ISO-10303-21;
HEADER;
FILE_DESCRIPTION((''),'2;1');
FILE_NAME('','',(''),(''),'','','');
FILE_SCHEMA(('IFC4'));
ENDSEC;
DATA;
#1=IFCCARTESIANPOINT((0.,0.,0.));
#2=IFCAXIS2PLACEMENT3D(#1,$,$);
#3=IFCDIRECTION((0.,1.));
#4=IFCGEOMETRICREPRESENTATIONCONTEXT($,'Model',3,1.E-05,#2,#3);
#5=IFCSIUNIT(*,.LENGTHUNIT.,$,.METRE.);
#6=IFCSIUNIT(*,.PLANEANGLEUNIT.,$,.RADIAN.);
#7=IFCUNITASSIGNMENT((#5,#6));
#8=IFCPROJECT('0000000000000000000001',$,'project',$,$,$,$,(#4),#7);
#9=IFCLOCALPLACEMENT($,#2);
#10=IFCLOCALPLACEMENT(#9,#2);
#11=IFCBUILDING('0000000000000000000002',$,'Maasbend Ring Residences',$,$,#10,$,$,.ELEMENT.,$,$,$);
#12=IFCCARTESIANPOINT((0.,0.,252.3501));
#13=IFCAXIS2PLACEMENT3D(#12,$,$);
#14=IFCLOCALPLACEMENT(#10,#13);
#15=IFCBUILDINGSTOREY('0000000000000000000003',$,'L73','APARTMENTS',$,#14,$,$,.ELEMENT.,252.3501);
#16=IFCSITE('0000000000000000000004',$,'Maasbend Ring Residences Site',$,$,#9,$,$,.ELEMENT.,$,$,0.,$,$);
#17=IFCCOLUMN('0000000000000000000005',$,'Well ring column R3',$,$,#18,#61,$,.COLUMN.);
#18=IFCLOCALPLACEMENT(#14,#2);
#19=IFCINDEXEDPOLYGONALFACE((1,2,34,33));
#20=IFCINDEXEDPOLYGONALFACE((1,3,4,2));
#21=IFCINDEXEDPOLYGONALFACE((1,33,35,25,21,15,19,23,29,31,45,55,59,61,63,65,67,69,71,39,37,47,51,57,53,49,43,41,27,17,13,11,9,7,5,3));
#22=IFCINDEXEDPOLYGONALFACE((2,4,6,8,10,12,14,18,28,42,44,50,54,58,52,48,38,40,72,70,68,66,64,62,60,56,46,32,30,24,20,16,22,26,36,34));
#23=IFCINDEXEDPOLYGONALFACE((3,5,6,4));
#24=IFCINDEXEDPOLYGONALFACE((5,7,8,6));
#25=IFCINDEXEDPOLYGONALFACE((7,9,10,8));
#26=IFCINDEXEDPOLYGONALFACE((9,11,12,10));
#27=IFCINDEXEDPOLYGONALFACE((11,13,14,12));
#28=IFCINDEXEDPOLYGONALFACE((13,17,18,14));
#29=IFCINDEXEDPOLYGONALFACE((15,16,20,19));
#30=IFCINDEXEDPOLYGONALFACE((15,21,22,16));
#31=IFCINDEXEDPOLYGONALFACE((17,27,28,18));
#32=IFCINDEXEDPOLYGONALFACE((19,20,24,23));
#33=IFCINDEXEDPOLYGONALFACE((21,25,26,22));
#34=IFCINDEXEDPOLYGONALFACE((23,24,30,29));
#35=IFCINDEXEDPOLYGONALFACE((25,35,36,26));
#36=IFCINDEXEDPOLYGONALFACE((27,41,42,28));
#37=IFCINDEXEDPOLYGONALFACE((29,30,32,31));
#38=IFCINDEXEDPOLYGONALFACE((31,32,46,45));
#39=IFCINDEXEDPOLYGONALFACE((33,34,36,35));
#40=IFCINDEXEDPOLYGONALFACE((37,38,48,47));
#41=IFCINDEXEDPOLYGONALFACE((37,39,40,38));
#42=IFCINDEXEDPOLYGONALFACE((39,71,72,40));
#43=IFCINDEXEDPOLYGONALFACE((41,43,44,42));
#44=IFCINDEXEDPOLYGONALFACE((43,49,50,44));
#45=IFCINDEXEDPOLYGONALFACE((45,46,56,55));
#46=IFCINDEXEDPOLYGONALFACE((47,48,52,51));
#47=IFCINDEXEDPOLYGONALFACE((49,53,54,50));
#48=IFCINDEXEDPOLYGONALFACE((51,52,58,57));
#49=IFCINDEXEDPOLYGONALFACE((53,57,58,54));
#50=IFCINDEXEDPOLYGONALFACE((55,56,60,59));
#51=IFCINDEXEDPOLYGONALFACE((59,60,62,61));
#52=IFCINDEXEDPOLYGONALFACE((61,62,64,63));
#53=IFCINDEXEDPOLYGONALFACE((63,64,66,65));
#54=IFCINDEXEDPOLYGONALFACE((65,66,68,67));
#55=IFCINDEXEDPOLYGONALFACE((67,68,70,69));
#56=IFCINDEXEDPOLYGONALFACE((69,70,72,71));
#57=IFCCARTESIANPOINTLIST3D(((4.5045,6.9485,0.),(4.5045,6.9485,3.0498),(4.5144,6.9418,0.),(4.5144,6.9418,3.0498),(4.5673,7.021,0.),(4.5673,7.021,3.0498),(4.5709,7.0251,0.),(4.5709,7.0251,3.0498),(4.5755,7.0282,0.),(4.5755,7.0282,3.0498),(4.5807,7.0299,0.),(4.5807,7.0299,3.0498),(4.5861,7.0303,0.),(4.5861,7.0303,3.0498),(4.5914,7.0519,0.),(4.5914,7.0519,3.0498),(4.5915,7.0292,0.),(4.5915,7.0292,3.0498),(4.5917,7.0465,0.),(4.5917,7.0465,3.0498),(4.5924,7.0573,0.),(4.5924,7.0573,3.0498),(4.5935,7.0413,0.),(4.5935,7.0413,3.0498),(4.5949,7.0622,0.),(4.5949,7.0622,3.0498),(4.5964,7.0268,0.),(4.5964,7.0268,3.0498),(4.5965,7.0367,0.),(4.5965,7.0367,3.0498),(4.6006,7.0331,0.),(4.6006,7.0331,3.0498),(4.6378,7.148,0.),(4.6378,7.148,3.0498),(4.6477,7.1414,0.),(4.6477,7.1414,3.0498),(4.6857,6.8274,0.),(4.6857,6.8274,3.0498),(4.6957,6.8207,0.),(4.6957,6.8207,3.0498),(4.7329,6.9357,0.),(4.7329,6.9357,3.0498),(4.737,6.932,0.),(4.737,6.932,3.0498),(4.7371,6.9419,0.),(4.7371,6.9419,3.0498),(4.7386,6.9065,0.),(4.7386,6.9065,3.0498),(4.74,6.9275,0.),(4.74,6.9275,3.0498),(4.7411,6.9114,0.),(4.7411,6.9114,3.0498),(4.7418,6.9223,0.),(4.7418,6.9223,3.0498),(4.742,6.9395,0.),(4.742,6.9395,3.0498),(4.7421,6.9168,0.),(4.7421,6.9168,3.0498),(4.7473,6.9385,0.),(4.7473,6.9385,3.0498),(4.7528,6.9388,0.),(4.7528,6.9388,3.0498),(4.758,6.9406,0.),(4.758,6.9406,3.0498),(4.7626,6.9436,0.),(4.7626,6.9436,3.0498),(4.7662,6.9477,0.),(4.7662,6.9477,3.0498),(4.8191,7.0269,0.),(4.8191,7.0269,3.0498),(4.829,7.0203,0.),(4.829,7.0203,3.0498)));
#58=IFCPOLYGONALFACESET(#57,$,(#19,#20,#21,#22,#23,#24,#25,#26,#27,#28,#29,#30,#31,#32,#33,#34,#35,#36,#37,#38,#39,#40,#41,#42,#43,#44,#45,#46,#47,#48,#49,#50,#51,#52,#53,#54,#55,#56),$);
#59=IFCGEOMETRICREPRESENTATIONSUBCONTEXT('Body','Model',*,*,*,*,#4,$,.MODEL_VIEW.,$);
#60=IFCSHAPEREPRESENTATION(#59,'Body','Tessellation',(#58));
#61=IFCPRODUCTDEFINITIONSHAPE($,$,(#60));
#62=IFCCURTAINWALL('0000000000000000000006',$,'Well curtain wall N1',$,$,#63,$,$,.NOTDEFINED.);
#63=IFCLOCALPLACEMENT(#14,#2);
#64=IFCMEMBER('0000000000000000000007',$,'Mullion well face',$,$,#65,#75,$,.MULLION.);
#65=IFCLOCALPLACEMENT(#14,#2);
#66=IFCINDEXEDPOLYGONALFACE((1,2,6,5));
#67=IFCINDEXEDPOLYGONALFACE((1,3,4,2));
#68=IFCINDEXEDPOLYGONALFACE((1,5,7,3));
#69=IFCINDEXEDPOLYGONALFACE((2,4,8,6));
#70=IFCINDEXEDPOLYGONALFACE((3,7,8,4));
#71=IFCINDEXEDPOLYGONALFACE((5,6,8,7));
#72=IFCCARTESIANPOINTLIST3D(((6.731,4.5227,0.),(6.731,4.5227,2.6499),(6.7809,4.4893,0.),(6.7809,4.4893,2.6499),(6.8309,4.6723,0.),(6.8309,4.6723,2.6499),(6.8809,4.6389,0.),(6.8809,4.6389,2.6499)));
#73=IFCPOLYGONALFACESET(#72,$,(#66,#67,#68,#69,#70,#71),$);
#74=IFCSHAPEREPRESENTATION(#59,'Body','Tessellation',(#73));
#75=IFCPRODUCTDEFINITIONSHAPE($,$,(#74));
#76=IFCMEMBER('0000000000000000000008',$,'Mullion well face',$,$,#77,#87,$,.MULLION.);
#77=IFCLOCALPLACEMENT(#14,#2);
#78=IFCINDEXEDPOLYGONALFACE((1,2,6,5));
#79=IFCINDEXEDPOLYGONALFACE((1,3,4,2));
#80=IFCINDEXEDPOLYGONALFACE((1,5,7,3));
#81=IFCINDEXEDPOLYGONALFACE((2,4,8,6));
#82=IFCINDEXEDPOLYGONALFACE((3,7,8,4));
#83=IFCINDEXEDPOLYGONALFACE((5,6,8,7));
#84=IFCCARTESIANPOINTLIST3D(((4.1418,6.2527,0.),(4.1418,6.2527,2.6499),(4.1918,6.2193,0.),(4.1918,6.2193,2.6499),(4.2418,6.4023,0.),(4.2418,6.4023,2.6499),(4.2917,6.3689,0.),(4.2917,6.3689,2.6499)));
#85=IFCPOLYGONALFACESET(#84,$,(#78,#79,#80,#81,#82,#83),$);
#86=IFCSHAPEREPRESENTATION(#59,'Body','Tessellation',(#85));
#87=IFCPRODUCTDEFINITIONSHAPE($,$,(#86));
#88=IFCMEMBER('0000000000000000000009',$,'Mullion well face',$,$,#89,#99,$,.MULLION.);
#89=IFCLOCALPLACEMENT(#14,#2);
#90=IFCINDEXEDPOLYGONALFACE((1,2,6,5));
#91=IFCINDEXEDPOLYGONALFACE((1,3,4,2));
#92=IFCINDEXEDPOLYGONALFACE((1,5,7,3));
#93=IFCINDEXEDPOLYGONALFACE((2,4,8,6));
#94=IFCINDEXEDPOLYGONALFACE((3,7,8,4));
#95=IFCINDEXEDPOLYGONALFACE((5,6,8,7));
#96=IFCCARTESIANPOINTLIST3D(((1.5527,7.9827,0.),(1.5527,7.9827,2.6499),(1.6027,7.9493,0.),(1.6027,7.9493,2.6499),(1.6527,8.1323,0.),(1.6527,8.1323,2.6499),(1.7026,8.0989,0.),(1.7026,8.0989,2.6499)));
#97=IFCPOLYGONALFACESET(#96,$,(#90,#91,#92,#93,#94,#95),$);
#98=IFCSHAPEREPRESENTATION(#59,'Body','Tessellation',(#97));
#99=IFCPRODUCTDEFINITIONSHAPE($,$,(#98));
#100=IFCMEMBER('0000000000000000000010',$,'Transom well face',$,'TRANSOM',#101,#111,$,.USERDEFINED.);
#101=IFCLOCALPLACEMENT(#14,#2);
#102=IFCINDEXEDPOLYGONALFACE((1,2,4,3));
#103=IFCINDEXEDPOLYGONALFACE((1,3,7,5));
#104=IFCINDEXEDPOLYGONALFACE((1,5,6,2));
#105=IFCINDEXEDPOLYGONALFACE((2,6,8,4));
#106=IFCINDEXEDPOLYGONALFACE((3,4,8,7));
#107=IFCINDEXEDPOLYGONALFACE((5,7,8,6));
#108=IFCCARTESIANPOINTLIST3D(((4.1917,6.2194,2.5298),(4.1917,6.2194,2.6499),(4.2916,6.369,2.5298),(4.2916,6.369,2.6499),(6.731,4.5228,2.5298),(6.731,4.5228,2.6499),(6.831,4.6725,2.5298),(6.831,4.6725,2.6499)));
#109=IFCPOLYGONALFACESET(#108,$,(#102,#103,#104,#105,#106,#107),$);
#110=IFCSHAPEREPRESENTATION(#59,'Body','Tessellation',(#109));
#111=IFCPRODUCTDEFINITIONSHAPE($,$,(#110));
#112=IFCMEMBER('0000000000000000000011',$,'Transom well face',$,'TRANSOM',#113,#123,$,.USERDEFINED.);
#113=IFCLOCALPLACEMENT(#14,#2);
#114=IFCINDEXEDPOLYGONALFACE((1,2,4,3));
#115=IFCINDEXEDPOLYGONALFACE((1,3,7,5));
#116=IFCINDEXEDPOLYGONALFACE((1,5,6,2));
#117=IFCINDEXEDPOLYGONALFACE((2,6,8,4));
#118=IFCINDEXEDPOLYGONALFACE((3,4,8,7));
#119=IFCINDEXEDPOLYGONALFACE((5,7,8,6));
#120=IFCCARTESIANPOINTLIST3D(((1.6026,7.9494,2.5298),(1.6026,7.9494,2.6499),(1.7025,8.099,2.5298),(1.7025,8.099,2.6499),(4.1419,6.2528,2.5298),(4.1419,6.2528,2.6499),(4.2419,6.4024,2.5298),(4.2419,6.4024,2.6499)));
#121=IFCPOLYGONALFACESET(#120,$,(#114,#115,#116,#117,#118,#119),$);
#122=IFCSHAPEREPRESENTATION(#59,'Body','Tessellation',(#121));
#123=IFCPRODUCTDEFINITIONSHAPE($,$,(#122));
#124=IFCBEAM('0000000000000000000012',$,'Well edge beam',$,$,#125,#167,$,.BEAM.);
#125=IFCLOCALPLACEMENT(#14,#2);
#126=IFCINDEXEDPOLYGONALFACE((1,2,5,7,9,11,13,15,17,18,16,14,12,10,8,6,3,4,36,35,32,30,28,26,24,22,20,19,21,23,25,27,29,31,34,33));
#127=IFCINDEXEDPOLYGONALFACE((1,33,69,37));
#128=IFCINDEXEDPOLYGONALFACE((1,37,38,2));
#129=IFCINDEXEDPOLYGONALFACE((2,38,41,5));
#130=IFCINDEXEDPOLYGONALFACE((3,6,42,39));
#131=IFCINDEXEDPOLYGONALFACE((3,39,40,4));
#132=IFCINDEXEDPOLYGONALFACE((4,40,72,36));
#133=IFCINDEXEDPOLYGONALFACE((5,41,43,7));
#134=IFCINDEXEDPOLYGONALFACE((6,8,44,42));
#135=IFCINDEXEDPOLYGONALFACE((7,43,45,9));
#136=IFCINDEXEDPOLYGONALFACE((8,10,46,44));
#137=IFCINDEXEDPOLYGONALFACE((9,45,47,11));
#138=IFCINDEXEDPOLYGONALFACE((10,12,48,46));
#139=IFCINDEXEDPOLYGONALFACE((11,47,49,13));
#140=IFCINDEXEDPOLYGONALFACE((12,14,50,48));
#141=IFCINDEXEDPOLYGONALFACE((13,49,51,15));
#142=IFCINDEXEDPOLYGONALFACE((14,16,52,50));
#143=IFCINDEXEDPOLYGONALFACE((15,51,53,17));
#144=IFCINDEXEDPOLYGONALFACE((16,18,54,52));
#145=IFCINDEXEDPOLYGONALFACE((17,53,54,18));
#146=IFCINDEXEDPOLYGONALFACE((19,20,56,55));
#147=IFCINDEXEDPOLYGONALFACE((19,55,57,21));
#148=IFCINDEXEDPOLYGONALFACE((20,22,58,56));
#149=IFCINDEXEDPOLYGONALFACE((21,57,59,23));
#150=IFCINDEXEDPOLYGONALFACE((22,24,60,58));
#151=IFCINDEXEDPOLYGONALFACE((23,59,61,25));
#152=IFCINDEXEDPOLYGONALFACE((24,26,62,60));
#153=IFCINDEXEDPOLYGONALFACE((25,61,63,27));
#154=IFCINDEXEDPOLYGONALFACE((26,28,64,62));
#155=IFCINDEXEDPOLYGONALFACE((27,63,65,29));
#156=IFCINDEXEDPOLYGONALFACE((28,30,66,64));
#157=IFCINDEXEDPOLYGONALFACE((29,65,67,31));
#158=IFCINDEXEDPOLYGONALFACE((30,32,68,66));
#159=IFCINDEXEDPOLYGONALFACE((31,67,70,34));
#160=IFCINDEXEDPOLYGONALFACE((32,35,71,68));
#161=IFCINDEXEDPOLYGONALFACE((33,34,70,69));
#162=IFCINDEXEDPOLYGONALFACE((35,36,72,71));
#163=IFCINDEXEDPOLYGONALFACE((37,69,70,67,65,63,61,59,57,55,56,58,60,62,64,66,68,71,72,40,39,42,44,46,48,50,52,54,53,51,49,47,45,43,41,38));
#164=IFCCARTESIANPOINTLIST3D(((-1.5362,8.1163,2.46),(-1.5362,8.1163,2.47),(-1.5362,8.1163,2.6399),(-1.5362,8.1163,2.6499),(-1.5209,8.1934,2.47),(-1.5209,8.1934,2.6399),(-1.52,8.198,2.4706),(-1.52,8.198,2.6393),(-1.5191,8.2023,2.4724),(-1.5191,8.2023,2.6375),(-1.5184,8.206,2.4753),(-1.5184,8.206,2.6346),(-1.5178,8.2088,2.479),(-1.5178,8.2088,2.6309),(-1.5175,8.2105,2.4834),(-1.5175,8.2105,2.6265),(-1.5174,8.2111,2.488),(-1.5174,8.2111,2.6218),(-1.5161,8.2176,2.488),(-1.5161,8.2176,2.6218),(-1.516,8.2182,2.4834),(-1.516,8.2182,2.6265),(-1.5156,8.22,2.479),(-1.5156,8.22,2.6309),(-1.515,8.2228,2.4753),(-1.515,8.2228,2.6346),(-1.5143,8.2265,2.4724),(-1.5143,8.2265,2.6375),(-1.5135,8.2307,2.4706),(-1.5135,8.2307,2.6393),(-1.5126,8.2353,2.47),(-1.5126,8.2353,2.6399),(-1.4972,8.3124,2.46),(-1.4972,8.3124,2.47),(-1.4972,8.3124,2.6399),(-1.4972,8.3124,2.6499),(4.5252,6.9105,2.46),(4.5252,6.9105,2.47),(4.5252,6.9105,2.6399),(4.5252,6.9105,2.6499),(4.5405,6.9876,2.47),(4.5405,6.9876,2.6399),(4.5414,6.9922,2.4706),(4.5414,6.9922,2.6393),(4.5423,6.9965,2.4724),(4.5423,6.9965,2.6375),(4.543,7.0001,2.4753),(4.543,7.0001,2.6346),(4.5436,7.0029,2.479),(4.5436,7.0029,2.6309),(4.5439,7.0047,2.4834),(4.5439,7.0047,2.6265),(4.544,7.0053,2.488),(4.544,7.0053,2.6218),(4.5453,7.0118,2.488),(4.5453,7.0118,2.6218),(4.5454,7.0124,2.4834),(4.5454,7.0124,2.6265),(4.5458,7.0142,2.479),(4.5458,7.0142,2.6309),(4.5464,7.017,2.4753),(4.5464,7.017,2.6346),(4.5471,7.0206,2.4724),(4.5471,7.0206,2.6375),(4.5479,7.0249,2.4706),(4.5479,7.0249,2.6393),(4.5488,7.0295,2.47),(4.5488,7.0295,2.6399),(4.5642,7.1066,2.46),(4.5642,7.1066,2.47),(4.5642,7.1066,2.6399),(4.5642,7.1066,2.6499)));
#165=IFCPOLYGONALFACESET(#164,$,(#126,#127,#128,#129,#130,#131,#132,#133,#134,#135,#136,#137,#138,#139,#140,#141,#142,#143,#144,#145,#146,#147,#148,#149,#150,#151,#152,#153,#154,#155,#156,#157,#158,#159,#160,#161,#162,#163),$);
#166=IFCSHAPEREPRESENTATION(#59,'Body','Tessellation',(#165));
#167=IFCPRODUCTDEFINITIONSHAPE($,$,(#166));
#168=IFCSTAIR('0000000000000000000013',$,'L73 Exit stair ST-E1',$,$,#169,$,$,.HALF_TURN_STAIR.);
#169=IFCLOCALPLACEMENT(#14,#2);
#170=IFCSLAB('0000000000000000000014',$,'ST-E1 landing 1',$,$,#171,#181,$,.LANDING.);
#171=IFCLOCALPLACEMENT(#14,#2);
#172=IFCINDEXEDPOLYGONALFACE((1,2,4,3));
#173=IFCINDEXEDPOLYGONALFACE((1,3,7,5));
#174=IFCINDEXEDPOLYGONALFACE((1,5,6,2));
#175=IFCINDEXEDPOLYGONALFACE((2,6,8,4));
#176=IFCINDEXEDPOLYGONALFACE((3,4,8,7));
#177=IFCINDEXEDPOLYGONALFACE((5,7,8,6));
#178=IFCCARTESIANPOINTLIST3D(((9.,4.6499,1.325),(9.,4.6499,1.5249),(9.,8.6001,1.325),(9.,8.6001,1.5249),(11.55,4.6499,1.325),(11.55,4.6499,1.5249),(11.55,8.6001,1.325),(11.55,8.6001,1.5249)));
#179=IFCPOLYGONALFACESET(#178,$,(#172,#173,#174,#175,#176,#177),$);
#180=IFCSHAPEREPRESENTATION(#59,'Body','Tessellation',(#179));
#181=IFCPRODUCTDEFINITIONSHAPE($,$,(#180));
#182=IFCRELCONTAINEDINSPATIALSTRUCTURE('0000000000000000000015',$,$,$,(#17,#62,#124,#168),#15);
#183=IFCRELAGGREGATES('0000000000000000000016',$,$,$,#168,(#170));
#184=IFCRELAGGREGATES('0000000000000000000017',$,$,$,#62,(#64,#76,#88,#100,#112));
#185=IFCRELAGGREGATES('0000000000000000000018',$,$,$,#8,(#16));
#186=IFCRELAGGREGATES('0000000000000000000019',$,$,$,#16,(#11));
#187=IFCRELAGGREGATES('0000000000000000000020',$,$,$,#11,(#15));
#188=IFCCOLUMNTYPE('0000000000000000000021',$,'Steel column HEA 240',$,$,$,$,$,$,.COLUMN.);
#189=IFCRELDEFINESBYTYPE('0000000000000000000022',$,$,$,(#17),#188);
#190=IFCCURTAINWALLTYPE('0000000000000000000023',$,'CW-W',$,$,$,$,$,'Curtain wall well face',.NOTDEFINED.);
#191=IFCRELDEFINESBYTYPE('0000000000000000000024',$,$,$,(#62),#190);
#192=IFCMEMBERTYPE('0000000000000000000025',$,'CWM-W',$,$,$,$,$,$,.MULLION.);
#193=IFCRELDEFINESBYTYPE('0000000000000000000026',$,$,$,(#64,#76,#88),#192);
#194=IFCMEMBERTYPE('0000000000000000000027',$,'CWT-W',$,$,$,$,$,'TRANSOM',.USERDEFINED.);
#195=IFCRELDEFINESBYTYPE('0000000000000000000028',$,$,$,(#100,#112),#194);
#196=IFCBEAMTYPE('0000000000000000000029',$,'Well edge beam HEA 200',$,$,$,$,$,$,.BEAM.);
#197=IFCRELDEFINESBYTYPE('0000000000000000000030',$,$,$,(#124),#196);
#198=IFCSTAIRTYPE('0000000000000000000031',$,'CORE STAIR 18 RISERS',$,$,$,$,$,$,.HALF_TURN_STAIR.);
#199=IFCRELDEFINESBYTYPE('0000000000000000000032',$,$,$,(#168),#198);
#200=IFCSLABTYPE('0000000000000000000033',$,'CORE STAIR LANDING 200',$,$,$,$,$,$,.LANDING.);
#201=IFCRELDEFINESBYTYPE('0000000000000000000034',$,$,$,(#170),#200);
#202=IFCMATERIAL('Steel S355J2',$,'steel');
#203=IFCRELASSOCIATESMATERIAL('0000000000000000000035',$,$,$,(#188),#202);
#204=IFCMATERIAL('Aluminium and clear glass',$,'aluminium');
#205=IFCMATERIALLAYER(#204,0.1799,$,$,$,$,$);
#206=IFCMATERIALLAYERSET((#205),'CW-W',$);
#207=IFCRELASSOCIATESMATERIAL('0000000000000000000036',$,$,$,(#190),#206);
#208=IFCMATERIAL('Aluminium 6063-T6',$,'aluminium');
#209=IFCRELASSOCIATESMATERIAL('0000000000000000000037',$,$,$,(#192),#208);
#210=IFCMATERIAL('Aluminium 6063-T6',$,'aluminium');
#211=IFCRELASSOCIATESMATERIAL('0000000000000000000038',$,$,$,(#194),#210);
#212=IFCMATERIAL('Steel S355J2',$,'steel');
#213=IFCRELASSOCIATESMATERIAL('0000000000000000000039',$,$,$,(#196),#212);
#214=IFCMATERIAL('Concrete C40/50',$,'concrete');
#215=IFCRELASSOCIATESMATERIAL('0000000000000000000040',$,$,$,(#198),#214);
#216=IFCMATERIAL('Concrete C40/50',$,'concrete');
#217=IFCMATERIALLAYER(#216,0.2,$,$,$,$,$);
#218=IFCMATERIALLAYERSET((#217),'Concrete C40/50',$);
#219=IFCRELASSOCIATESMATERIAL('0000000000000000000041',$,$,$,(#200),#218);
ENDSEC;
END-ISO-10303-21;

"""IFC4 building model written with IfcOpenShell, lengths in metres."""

from ifc_helpers import new_model, si_unit, direction, frame, origin, origin_2d, place, context, subcontext, project, spatial, polyline, rectangle, i_section, outline, extrude, material, layer, layer_set, material_profile, profile_set, type_object, element, aggregate, save


model = new_model("IFC4")

# Units and contexts
model_context = context("Model", 3, precision=1e-05, world=origin(), true_north=direction((0.0, 1.0)))
body_context = subcontext(model_context, "Body", "Model", "MODEL_VIEW")
ifc_project = project(units=[si_unit("LENGTHUNIT", "METRE"), si_unit("PLANEANGLEUNIT", "RADIAN")], contexts=[model_context])

# Site, building, storey
site_placement = place(None, origin())
site = spatial("IfcSite", under=ifc_project, at=site_placement, Name="Maasbend Ring Residences Site", CompositionType="ELEMENT", RefElevation=0.0)
building_placement = place(site_placement, origin())
building = spatial("IfcBuilding", under=site, at=building_placement, Name="Maasbend Ring Residences", CompositionType="ELEMENT")
storey_placement = place(building_placement, frame((0.0, 0.0, 252.3501)))
storey = spatial("IfcBuildingStorey", under=building, at=storey_placement, Name="L73", Description="APARTMENTS", CompositionType="ELEMENT", Elevation=252.3501)

# Column
ifc_material_1 = material(Name="Steel S355J2", Category="steel")
ifc_material_profile_1 = material_profile(ifc_material_1, i_section(OverallWidth=0.24, OverallDepth=0.23, WebThickness=0.0076, FlangeThickness=0.012, FilletRadius=0.021, at=origin_2d()), Name="HEA 240")
ifc_profile_set_1 = profile_set([ifc_material_profile_1], Name="Steel S355J2")
column_type = type_object("IfcColumnType", Name="Steel column HEA 240", PredefinedType="COLUMN", material=ifc_profile_set_1)
column_placement = place(storey_placement, frame((4.6667, 6.9844, 0.0), z_axis=(0.0, 0.0, 1.0), x_axis=(0.55557, 0.83147, 0.0)))
element("IfcColumn", 1, at=column_placement, inside=storey, type_object=column_type, Name="Well ring column R3", PredefinedType="COLUMN", context=body_context, shape_type="SweptSolid", body=[
    extrude(i_section(OverallWidth=0.24, OverallDepth=0.23, WebThickness=0.0076, FlangeThickness=0.012, FilletRadius=0.021, at=origin_2d()), origin(), (0.0, 0.0, 1.0), 3.0498),
])

# Curtain wall, members
ifc_material_2 = material(Name="Aluminium and clear glass", Category="aluminium")
ifc_layer_1 = layer(ifc_material_2, 0.1799)
ifc_layer_set_1 = layer_set([ifc_layer_1], Name="CW-W")
curtain_wall_type = type_object("IfcCurtainWallType", Name="CW-W", ElementType="Curtain wall well face", PredefinedType="NOTDEFINED", material=ifc_layer_set_1)
curtain_wall_1_placement = place(storey_placement, origin())
curtain_wall_1 = element("IfcCurtainWall", 2, at=curtain_wall_1_placement, inside=storey, type_object=curtain_wall_type, Name="Well curtain wall N1", PredefinedType="NOTDEFINED")
ifc_material_3 = material(Name="Aluminium 6063-T6", Category="aluminium")
ifc_material_profile_2 = material_profile(ifc_material_3, rectangle(XDim=0.1799, YDim=0.0601, at=origin_2d()), Name="AL 180x60")
ifc_profile_set_2 = profile_set([ifc_material_profile_2], Name="Aluminium 6063-T6")
member_type_1 = type_object("IfcMemberType", Name="CWM-W", PredefinedType="MULLION", material=ifc_profile_set_2)
member_1_placement = place(storey_placement, frame((6.8059, 4.5808, 0.0), z_axis=(0.0, 0.0, 1.0), x_axis=(-0.55557, -0.83147, 0.0)))
member_1 = element("IfcMember", 3, at=member_1_placement, type_object=member_type_1, Name="Mullion well face", PredefinedType="MULLION", context=body_context, shape_type="SweptSolid", body=[
    extrude(rectangle(XDim=0.1799, YDim=0.0601, at=origin_2d()), origin(), (0.0, 0.0, 1.0), 2.6499),
])
member_2_placement = place(storey_placement, frame((4.2168, 6.3108, 0.0), z_axis=(0.0, 0.0, 1.0), x_axis=(-0.55557, -0.83147, 0.0)))
member_2 = element("IfcMember", 4, at=member_2_placement, type_object=member_type_1, Name="Mullion well face", PredefinedType="MULLION", context=body_context, shape_type="SweptSolid", body=[
    extrude(rectangle(XDim=0.1799, YDim=0.0601, at=origin_2d()), origin(), (0.0, 0.0, 1.0), 2.6499),
])
member_3_placement = place(storey_placement, frame((1.6277, 8.0408, 0.0), z_axis=(0.0, 0.0, 1.0), x_axis=(-0.55557, -0.83147, 0.0)))
member_3 = element("IfcMember", 5, at=member_3_placement, type_object=member_type_1, Name="Mullion well face", PredefinedType="MULLION", context=body_context, shape_type="SweptSolid", body=[
    extrude(rectangle(XDim=0.1799, YDim=0.0601, at=origin_2d()), origin(), (0.0, 0.0, 1.0), 2.6499),
])
ifc_material_4 = material(Name="Aluminium 6063-T6", Category="aluminium")
ifc_material_profile_3 = material_profile(ifc_material_4, rectangle(XDim=0.1799, YDim=0.1201, at=origin_2d()), Name="AL 180x120")
ifc_profile_set_3 = profile_set([ifc_material_profile_3], Name="Aluminium 6063-T6")
member_type_2 = type_object("IfcMemberType", Name="CWT-W", ElementType="TRANSOM", PredefinedType="USERDEFINED", material=ifc_profile_set_3)
member_4_placement = place(storey_placement, frame((6.781, 4.5977, 2.5898), z_axis=(-0.831496, 0.55553, 0.0), x_axis=(-0.55553, -0.831496, 0.0)))
member_4 = element("IfcMember", 6, at=member_4_placement, type_object=member_type_2, Name="Transom well face", ObjectType="TRANSOM", PredefinedType="USERDEFINED", context=body_context, shape_type="SweptSolid", body=[
    extrude(rectangle(XDim=0.1799, YDim=0.1201, at=origin_2d()), origin(), (0.0, 0.0, 1.0), 3.054),
])
member_5_placement = place(storey_placement, frame((4.1919, 6.3276, 2.5898), z_axis=(-0.831496, 0.55553, 0.0), x_axis=(-0.55553, -0.831496, 0.0)))
member_5 = element("IfcMember", 7, at=member_5_placement, type_object=member_type_2, Name="Transom well face", ObjectType="TRANSOM", PredefinedType="USERDEFINED", context=body_context, shape_type="SweptSolid", body=[
    extrude(rectangle(XDim=0.1799, YDim=0.1201, at=origin_2d()), origin(), (0.0, 0.0, 1.0), 3.054),
])

# Beam
ifc_material_5 = material(Name="Steel S355J2", Category="steel")
ifc_material_profile_4 = material_profile(ifc_material_5, i_section(OverallWidth=0.2, OverallDepth=0.1899, WebThickness=0.0066, FlangeThickness=0.01, FilletRadius=0.0181, at=origin_2d()), Name="HEA 200")
ifc_profile_set_4 = profile_set([ifc_material_profile_4], Name="Steel S355J2")
beam_type = type_object("IfcBeamType", Name="Well edge beam HEA 200", PredefinedType="BEAM", material=ifc_profile_set_4)
beam_placement = place(storey_placement, frame((4.5447, 7.0085, 2.5549), z_axis=(-0.980781, 0.195113, 0.0), x_axis=(-0.195113, -0.980781, 0.0)))
element("IfcBeam", 8, at=beam_placement, inside=storey, type_object=beam_type, Name="Well edge beam", PredefinedType="BEAM", context=body_context, shape_type="SweptSolid", body=[
    extrude(i_section(OverallWidth=0.2, OverallDepth=0.1899, WebThickness=0.0066, FlangeThickness=0.01, FilletRadius=0.0181, at=origin_2d()), origin(), (0.0, 0.0, 1.0), 6.1802),
])

# Stair, slab
ifc_material_6 = material(Name="Concrete C40/50", Category="concrete")
stair_type = type_object("IfcStairType", Name="CORE STAIR 18 RISERS", PredefinedType="HALF_TURN_STAIR", material=ifc_material_6)
stair_1_placement = place(storey_placement, origin())
stair_1 = element("IfcStair", 9, at=stair_1_placement, inside=storey, type_object=stair_type, Name="L73 Exit stair ST-E1", PredefinedType="HALF_TURN_STAIR")
ifc_material_7 = material(Name="Concrete C40/50", Category="concrete")
ifc_layer_2 = layer(ifc_material_7, 0.2)
ifc_layer_set_2 = layer_set([ifc_layer_2], Name="Concrete C40/50")
slab_type = type_object("IfcSlabType", Name="CORE STAIR LANDING 200", PredefinedType="LANDING", material=ifc_layer_set_2)
slab_1_placement = place(storey_placement, frame((0.0, 0.0, 1.325)))
slab_1 = element("IfcSlab", 10, at=slab_1_placement, type_object=slab_type, Name="ST-E1 landing 1", PredefinedType="LANDING", context=body_context, shape_type="SweptSolid", body=[
    extrude(outline(polyline([(11.55, 8.6001), (9.0, 8.6001), (9.0, 4.6499), (11.55, 4.6499), (11.55, 8.6001)])), origin(), (0.0, 0.0, 1.0), 0.2),
])
aggregate(stair_1, [slab_1])

aggregate(curtain_wall_1, [member_1, member_2, member_3, member_4, member_5])

save(model, "model.ifc")
